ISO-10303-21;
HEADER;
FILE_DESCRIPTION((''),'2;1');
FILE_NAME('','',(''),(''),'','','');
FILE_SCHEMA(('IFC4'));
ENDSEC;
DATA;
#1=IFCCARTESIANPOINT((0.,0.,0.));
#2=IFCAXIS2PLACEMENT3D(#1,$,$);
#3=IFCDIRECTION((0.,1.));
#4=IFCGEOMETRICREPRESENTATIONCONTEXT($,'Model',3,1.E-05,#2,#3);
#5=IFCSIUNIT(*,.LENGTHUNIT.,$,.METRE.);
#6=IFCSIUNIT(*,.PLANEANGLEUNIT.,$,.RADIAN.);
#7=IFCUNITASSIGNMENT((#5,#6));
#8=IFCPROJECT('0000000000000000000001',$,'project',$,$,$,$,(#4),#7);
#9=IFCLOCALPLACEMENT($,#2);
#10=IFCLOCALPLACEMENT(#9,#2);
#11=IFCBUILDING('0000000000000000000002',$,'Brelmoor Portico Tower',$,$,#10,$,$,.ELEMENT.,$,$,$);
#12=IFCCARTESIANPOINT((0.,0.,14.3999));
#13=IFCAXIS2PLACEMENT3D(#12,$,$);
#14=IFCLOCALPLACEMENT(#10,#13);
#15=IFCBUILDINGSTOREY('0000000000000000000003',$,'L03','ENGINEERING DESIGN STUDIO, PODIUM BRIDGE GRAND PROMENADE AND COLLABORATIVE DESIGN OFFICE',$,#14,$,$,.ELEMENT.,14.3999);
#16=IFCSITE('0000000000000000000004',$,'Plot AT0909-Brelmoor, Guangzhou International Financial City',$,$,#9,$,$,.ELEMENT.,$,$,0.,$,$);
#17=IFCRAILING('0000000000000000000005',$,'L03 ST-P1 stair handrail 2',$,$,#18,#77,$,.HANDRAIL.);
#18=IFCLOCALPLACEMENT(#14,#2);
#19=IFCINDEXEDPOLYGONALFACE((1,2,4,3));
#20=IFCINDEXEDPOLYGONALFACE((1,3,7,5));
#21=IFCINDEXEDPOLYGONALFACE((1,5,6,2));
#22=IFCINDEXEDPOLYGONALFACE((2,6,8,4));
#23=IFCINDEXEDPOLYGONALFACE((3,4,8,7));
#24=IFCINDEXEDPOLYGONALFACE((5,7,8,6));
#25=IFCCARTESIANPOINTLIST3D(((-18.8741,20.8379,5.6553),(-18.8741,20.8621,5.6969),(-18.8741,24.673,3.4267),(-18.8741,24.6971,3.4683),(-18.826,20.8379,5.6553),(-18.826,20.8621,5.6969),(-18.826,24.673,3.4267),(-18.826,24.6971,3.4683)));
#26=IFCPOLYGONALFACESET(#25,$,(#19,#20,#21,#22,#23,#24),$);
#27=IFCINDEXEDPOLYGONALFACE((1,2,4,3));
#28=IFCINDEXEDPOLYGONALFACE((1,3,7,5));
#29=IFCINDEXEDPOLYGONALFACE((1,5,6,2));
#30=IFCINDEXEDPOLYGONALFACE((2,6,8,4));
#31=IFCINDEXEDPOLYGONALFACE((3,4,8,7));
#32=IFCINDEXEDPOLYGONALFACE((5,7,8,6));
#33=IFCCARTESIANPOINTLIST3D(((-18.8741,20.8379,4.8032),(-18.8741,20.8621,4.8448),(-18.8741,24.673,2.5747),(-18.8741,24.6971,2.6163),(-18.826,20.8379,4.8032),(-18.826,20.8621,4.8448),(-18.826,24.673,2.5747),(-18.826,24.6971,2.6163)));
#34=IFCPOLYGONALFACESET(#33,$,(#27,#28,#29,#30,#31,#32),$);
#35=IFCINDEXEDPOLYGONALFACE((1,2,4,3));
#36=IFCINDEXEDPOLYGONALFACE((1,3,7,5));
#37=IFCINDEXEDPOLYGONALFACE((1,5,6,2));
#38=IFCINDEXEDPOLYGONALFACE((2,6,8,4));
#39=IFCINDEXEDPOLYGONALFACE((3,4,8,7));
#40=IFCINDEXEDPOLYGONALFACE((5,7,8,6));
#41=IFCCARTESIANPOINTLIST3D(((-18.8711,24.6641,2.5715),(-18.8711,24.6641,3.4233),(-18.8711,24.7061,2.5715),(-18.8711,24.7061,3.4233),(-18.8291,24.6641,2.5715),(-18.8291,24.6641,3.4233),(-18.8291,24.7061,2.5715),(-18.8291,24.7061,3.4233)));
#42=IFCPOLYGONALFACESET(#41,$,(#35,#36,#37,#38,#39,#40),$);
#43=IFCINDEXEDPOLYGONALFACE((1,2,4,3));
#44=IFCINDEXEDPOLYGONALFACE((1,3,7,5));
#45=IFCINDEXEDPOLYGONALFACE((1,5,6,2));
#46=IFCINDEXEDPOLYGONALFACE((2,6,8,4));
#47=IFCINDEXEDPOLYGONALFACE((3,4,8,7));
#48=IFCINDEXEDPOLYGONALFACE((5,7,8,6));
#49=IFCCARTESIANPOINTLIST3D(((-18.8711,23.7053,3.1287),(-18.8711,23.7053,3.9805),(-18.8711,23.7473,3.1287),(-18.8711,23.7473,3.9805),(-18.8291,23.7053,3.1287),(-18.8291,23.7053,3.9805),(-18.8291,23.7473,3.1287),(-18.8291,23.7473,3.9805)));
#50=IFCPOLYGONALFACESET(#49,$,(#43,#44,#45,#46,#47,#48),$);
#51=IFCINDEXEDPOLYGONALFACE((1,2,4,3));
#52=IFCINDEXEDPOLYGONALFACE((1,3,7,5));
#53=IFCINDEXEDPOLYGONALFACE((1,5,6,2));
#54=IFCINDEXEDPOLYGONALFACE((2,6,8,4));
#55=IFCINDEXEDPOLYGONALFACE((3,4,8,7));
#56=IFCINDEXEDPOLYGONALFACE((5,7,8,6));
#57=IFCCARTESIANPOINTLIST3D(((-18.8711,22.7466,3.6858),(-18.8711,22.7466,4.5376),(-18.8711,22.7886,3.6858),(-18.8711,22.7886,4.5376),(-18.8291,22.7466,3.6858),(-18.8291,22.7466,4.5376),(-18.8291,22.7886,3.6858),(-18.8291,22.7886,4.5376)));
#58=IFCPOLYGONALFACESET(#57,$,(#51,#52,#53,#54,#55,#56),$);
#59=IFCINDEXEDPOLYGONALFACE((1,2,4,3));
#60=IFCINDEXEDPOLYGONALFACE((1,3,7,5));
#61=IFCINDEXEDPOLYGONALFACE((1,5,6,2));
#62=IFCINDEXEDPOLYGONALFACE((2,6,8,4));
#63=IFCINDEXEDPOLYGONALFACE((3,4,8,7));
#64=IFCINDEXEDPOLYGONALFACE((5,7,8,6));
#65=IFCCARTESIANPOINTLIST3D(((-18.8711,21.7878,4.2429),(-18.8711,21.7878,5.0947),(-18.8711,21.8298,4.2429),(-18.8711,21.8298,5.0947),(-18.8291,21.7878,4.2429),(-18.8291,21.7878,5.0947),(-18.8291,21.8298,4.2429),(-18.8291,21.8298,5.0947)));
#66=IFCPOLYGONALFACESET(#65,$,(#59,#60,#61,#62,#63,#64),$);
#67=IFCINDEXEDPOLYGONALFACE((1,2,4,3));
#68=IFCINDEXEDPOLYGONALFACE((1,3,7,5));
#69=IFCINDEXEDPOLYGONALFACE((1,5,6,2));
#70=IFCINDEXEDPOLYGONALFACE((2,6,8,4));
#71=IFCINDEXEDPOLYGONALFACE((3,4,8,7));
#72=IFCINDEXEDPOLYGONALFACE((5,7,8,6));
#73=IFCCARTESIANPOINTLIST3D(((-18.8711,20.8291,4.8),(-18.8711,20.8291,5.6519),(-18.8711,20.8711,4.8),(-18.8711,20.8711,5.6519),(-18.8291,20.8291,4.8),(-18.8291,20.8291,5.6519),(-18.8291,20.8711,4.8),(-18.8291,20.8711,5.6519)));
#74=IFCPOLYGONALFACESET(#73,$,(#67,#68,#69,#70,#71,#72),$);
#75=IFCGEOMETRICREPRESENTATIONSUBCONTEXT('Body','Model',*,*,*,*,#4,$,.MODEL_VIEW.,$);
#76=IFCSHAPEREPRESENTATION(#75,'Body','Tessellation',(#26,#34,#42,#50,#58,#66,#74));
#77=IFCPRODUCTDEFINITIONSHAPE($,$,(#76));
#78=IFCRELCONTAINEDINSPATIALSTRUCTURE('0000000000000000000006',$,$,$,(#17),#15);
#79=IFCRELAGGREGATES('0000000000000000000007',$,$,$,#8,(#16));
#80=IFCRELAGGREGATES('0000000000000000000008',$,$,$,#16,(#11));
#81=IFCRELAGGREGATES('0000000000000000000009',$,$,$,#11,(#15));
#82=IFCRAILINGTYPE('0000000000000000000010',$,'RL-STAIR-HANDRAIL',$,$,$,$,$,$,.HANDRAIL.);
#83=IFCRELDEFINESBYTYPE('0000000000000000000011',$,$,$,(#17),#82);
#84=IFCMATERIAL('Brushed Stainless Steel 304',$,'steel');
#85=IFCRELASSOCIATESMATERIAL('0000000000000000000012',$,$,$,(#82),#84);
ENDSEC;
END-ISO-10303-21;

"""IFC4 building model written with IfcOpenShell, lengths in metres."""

from ifc_helpers import new_model, si_unit, direction, frame, origin, origin_2d, place, context, subcontext, project, spatial, rectangle, extrude, material, type_object, element, save


model = new_model("IFC4")

# Units and contexts
model_context = context("Model", 3, precision=1e-05, world=origin(), true_north=direction((0.0, 1.0)))
body_context = subcontext(model_context, "Body", "Model", "MODEL_VIEW")
ifc_project = project(units=[si_unit("LENGTHUNIT", "METRE"), si_unit("PLANEANGLEUNIT", "RADIAN")], contexts=[model_context])

# Site, building, storey
site_placement = place(None, origin())
site = spatial("IfcSite", under=ifc_project, at=site_placement, Name="Plot AT0909-Brelmoor, Guangzhou International Financial City", CompositionType="ELEMENT", RefElevation=0.0)
building_placement = place(site_placement, origin())
building = spatial("IfcBuilding", under=site, at=building_placement, Name="Brelmoor Portico Tower", CompositionType="ELEMENT")
storey_placement = place(building_placement, frame((0.0, 0.0, 14.3999)))
storey = spatial("IfcBuildingStorey", under=building, at=storey_placement, Name="L03", Description="ENGINEERING DESIGN STUDIO, PODIUM BRIDGE GRAND PROMENADE AND COLLABORATIVE DESIGN OFFICE", CompositionType="ELEMENT", Elevation=14.3999)

# Railing
ifc_material_1 = material(Name="Brushed Stainless Steel 304", Category="steel")
railing_type_1 = type_object("IfcRailingType", Name="RL-STAIR-HANDRAIL", PredefinedType="HANDRAIL", material=ifc_material_1)
railing_1_placement = place(storey_placement, frame((-18.8501, 24.6851, 2.5715)))
element("IfcRailing", 1, at=railing_1_placement, inside=storey, type_object=railing_type_1, Name="L03 ST-P1 stair handrail 2", PredefinedType="HANDRAIL", context=body_context, shape_type="SweptSolid", body=[
    extrude(rectangle(XDim=0.0481, YDim=0.0481, at=origin_2d()), frame((0.0, 0.0, 0.876), z_axis=(0.0, -0.864616, 0.502433), x_axis=(1.0, 0.0, 0.0)), (0.0, 0.0, 1.0), 4.4355),
    extrude(rectangle(XDim=0.0481, YDim=0.0481, at=origin_2d()), frame((0.0, 0.0, 0.0239), z_axis=(0.0, -0.864616, 0.502433), x_axis=(1.0, 0.0, 0.0)), (0.0, 0.0, 1.0), 4.4355),
    extrude(rectangle(XDim=0.042, YDim=0.042, at=origin_2d()), origin(), (0.0, 0.0, 1.0), 0.8518),
    extrude(rectangle(XDim=0.042, YDim=0.042, at=origin_2d()), frame((0.0, -0.9587, 0.5571)), (0.0, 0.0, 1.0), 0.8518),
    extrude(rectangle(XDim=0.042, YDim=0.042, at=origin_2d()), frame((0.0, -1.9175, 1.1143)), (0.0, 0.0, 1.0), 0.8518),
    extrude(rectangle(XDim=0.042, YDim=0.042, at=origin_2d()), frame((0.0, -2.8762, 1.6714)), (0.0, 0.0, 1.0), 0.8518),
    extrude(rectangle(XDim=0.042, YDim=0.042, at=origin_2d()), frame((0.0, -3.835, 2.2285)), (0.0, 0.0, 1.0), 0.8518),
])

save(model, "model.ifc")
